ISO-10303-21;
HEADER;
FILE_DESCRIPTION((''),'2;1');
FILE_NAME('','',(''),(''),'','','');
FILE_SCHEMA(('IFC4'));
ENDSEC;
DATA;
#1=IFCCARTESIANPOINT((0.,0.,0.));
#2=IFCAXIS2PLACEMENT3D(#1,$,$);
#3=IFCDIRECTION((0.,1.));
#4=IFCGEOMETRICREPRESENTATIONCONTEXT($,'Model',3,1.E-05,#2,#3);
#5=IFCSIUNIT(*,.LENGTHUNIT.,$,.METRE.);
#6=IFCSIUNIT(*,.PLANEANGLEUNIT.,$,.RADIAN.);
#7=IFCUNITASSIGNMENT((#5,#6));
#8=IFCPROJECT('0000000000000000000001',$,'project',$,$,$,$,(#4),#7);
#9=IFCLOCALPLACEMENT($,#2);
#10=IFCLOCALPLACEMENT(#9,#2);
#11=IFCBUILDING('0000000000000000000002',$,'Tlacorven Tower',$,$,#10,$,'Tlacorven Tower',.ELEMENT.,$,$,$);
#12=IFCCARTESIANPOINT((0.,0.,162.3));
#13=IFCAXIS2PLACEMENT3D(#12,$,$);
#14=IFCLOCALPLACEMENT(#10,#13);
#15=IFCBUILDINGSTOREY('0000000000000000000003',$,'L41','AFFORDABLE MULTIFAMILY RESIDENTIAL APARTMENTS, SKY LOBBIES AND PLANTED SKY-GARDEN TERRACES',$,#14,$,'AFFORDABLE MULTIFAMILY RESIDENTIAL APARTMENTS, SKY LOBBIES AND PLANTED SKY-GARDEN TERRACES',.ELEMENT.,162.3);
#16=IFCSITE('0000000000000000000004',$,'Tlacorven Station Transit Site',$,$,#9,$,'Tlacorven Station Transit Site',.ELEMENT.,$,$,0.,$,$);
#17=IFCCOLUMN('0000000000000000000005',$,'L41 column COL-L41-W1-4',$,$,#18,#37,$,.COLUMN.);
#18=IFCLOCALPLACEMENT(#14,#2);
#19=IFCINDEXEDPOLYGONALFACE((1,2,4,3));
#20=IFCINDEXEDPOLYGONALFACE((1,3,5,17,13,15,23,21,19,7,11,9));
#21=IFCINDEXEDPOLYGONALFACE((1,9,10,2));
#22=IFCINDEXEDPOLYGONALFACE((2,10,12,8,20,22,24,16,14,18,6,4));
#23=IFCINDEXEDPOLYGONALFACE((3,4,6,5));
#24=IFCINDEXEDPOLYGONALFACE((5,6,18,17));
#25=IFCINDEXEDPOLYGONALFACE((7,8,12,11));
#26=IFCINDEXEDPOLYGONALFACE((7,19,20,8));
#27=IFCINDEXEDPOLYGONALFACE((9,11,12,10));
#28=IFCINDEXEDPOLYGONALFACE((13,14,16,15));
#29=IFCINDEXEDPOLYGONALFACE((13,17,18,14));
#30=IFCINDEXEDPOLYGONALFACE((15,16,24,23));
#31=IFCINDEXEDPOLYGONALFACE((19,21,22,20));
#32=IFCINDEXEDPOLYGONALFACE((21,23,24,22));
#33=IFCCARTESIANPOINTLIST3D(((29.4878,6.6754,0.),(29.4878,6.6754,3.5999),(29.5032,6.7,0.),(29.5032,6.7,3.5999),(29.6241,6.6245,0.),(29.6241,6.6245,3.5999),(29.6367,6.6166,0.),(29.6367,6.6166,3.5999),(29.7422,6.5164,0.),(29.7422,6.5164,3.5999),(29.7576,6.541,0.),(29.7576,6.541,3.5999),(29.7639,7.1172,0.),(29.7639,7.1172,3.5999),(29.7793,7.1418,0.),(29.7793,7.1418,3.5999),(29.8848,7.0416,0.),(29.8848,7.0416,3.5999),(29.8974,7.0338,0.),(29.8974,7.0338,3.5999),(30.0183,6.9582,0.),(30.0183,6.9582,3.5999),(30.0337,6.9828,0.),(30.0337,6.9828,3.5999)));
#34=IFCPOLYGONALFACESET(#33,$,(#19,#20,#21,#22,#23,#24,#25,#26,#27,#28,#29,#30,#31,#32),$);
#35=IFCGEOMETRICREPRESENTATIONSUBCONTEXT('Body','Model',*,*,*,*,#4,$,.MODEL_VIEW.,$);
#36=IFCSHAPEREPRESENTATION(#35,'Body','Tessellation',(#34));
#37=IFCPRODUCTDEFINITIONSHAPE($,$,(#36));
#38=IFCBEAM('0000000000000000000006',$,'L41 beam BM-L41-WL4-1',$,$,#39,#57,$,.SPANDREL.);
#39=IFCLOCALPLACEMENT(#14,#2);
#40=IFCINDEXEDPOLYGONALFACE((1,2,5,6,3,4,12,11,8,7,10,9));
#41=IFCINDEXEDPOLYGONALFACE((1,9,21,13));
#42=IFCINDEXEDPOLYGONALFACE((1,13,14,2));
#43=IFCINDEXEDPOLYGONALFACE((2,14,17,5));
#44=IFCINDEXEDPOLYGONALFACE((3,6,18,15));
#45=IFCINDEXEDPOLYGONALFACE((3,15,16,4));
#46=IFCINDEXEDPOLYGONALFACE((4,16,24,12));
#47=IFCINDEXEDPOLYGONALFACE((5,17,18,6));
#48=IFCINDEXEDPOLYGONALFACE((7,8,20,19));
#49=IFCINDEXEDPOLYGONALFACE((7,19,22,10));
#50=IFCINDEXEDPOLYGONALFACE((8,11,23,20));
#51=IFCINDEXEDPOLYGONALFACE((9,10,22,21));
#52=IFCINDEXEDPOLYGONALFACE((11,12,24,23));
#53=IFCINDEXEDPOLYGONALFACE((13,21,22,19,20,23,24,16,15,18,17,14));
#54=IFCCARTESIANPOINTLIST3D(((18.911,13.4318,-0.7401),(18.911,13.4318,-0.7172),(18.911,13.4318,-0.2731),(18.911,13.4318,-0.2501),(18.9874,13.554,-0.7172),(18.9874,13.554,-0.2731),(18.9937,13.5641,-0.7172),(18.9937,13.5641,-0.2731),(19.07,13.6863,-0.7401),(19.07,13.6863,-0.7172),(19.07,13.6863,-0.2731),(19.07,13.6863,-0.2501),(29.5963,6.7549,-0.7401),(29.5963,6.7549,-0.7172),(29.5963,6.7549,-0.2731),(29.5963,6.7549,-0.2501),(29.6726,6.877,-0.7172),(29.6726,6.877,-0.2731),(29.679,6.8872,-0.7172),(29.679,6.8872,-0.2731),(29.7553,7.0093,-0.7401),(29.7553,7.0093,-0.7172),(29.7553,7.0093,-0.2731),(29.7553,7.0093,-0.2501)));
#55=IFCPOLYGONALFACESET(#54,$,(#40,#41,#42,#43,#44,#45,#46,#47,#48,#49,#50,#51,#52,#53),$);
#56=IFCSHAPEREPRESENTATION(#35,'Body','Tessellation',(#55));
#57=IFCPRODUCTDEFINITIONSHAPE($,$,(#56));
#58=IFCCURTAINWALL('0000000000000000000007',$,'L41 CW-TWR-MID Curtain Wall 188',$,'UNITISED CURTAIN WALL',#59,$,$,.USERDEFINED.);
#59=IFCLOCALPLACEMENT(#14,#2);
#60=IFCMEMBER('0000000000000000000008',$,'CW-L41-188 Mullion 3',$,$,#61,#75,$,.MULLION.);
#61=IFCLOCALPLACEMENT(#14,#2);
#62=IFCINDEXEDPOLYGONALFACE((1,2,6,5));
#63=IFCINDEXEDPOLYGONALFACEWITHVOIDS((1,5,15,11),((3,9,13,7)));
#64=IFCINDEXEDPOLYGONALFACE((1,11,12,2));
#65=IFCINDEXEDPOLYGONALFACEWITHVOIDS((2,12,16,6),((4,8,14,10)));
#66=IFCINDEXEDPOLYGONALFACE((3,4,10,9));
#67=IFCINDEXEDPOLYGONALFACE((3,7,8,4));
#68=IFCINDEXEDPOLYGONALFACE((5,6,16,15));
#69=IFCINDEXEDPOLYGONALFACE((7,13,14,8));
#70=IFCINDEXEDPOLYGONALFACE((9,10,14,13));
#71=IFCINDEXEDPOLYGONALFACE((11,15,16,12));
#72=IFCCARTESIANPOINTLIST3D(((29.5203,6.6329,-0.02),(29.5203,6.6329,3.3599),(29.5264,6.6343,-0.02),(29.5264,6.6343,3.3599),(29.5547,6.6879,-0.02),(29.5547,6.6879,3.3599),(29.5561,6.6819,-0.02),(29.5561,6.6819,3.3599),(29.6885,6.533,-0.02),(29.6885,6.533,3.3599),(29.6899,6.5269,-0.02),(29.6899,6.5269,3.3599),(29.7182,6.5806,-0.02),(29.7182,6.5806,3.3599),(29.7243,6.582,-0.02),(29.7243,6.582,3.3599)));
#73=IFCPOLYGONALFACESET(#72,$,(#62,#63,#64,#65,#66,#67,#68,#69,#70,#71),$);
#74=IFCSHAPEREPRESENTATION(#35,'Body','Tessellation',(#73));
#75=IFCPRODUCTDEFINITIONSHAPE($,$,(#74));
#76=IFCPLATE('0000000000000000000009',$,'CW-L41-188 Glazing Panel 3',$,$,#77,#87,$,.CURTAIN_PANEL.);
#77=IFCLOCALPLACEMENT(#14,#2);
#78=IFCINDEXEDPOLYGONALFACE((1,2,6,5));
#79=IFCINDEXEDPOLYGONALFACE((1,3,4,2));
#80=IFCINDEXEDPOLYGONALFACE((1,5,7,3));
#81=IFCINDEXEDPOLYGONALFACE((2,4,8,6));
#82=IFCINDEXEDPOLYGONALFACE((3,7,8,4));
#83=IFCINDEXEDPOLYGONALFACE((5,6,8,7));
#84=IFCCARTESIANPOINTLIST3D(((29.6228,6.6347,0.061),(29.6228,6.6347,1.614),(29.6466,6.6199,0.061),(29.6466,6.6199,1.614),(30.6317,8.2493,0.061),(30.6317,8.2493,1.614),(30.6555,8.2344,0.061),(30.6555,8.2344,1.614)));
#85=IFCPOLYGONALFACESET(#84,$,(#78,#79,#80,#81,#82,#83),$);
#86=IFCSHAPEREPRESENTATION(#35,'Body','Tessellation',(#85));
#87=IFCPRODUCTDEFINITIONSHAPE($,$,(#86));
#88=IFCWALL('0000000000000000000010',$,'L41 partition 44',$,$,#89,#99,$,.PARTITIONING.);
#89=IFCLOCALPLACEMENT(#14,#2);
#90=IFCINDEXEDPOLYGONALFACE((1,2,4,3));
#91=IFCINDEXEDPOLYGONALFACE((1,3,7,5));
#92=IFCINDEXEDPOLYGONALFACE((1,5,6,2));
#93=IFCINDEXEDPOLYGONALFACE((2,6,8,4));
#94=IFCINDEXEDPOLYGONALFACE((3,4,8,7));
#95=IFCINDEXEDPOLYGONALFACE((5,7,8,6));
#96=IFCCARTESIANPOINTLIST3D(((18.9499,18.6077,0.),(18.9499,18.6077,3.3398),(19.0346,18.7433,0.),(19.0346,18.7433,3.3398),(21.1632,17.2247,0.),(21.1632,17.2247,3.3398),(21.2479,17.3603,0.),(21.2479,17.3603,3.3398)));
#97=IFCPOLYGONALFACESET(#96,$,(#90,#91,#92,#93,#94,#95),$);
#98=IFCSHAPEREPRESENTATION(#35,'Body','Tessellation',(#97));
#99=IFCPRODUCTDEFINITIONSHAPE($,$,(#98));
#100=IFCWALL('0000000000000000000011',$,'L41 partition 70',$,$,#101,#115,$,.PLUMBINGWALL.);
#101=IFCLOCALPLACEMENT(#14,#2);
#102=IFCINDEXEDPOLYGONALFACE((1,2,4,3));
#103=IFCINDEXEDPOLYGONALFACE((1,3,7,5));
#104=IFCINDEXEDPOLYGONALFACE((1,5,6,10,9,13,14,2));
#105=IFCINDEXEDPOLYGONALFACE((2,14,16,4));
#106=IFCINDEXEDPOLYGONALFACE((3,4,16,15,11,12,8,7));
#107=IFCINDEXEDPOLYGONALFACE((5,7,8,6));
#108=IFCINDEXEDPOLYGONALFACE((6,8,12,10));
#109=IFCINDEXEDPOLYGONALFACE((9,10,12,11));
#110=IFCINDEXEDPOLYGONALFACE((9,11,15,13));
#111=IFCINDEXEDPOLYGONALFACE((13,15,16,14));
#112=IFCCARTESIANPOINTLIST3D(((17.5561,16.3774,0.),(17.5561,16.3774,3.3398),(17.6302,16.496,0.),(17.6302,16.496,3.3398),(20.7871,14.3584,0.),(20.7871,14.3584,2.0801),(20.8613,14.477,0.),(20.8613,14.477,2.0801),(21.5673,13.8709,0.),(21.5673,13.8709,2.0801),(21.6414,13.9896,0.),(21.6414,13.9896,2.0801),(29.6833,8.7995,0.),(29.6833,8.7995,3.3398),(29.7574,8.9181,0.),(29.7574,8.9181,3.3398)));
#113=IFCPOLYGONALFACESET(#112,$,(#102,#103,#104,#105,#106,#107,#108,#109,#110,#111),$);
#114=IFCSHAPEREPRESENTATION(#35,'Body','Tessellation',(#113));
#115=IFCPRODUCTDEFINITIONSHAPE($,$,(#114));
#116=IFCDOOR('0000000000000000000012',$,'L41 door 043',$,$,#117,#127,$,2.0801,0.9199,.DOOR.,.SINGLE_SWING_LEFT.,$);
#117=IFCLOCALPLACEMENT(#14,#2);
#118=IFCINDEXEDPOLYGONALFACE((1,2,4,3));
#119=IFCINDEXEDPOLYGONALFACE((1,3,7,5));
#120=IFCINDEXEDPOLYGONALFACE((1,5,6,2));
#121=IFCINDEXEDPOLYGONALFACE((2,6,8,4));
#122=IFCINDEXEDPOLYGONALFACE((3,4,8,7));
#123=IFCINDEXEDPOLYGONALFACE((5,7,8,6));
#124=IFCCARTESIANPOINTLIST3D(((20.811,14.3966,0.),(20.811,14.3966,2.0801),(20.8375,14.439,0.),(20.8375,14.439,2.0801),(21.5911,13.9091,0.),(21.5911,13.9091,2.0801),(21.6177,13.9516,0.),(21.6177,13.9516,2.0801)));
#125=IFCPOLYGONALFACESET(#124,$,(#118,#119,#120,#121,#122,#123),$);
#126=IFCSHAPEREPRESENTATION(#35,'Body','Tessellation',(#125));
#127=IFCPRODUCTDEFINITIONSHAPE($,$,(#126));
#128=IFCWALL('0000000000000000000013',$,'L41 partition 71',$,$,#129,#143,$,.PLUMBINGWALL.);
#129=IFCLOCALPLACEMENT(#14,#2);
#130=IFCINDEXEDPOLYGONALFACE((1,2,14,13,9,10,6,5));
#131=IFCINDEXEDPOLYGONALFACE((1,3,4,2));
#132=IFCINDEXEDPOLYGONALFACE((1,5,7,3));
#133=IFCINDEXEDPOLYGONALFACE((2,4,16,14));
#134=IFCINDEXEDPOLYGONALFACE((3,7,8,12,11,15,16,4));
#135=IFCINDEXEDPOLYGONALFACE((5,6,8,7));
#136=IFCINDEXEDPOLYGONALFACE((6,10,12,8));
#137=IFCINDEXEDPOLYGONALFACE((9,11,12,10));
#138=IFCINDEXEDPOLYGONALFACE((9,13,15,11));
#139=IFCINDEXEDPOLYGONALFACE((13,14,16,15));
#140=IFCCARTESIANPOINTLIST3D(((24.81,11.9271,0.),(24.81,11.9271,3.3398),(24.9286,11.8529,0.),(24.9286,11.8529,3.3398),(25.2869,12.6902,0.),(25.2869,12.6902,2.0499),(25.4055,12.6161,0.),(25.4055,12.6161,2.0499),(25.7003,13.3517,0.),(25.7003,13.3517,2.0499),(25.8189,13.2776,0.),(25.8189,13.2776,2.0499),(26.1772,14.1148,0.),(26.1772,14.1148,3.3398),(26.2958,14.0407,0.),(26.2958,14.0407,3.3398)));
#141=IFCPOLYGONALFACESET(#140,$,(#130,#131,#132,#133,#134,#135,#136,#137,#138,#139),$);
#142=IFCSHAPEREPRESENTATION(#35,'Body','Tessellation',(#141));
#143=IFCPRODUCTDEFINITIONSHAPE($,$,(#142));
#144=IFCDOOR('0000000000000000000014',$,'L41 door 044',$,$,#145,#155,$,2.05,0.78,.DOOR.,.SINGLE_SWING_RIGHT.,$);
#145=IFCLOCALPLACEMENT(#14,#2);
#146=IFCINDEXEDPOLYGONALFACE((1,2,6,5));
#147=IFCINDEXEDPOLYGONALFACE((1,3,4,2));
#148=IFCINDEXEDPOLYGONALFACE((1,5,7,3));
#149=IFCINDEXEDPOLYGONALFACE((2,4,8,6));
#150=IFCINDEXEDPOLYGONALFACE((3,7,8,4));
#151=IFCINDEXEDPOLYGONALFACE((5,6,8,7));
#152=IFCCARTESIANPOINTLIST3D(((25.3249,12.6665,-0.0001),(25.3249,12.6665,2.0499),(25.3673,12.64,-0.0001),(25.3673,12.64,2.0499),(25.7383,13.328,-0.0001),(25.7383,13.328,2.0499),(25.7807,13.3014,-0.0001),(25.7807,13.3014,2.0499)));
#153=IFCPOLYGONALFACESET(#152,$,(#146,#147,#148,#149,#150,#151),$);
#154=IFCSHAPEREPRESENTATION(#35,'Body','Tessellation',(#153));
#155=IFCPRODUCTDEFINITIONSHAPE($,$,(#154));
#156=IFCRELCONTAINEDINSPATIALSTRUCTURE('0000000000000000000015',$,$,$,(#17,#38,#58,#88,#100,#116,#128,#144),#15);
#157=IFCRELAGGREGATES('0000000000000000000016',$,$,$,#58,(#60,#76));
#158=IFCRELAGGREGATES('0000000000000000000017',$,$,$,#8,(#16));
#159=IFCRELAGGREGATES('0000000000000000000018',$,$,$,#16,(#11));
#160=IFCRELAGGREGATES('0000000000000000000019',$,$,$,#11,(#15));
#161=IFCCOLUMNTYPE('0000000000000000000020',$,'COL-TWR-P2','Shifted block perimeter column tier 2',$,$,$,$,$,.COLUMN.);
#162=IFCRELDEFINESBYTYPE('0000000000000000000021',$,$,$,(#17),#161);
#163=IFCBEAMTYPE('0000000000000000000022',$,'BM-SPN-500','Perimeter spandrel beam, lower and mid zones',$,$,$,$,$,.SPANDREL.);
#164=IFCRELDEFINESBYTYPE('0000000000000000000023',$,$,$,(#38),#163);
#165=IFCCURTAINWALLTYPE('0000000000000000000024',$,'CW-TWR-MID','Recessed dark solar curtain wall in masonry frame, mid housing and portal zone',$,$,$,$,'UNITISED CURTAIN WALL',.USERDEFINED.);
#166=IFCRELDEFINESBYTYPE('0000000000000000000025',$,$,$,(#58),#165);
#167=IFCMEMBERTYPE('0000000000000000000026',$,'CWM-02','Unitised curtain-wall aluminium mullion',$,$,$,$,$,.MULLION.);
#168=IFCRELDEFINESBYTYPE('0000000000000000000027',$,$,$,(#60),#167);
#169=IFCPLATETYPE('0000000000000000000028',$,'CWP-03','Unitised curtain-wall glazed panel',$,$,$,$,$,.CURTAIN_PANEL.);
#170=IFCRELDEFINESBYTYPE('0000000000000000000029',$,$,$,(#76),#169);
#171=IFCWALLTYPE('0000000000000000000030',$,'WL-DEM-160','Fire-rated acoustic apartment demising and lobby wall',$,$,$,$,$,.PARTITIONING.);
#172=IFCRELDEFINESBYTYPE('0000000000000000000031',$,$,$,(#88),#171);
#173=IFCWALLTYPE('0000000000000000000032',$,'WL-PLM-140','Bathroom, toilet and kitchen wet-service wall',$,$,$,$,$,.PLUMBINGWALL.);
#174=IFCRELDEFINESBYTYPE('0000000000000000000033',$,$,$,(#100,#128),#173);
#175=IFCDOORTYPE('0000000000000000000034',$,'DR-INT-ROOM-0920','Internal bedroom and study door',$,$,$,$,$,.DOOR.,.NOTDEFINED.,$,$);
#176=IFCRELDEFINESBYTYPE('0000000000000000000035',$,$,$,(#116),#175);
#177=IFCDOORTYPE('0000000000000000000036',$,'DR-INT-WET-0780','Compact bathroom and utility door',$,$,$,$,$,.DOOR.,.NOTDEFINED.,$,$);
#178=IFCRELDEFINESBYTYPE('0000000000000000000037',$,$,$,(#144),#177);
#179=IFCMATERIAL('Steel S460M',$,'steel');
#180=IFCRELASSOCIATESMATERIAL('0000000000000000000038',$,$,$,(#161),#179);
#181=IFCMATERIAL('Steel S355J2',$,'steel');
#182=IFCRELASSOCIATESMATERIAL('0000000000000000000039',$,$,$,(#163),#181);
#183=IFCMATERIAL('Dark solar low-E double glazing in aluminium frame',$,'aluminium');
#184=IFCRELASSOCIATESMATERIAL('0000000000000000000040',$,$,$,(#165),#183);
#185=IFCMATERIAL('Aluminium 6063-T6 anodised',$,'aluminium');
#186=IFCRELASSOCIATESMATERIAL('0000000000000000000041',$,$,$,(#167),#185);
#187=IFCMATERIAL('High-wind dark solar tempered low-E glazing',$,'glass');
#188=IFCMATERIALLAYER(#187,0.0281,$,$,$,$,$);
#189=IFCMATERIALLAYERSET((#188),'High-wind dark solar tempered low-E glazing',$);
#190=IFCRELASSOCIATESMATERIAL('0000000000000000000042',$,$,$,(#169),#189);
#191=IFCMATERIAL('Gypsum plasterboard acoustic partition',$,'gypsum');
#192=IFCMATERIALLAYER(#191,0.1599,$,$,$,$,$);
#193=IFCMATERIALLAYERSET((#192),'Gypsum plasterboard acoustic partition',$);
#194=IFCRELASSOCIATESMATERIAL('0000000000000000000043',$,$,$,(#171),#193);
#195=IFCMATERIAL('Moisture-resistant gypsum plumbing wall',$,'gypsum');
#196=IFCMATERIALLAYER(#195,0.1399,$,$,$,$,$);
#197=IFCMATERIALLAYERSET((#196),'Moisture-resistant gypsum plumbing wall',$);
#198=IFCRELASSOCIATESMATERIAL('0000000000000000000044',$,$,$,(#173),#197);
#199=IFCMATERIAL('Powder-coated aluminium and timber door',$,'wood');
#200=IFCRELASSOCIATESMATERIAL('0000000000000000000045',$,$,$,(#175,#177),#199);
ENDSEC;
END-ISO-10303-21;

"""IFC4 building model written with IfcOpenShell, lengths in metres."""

from ifc_helpers import new_model, si_unit, direction, frame, frame_2d, origin, origin_2d, place, context, subcontext, project, spatial, rectangle, hollow_rectangle, i_section, extrude, source, transform, mapped, material, layer, layer_set, material_profile, profile_set, type_object, element, fill, aggregate, save


model = new_model("IFC4")

# Units and contexts
model_context = context("Model", 3, precision=1e-05, world=origin(), true_north=direction((0.0, 1.0)))
body_context = subcontext(model_context, "Body", "Model", "MODEL_VIEW")
ifc_project = project(units=[si_unit("LENGTHUNIT", "METRE"), si_unit("PLANEANGLEUNIT", "RADIAN")], contexts=[model_context])

# Site, building, storey
site_placement = place(None, origin())
site = spatial("IfcSite", under=ifc_project, at=site_placement, Name="Tlacorven Station Transit Site", LongName="Tlacorven Station Transit Site", CompositionType="ELEMENT", RefElevation=0.0)
building_placement = place(site_placement, origin())
building = spatial("IfcBuilding", under=site, at=building_placement, Name="Tlacorven Tower", LongName="Tlacorven Tower", CompositionType="ELEMENT")
storey_placement = place(building_placement, frame((0.0, 0.0, 162.3)))
storey = spatial("IfcBuildingStorey", under=building, at=storey_placement, Name="L41", Description="AFFORDABLE MULTIFAMILY RESIDENTIAL APARTMENTS, SKY LOBBIES AND PLANTED SKY-GARDEN TERRACES", LongName="AFFORDABLE MULTIFAMILY RESIDENTIAL APARTMENTS, SKY LOBBIES AND PLANTED SKY-GARDEN TERRACES", CompositionType="ELEMENT", Elevation=162.3)

# Column
ifc_material_1 = material(Name="Steel S460M", Category="steel")
ifc_material_profile_1 = material_profile(ifc_material_1, i_section(OverallWidth=0.3, OverallDepth=0.55, WebThickness=0.0149, FlangeThickness=0.0291, at=origin_2d()), Name="HEB 550")
ifc_profile_set_1 = profile_set([ifc_material_profile_1], Name="Steel S460M")
column_type = type_object("IfcColumnType", Name="COL-TWR-P2", Description="Shifted block perimeter column tier 2", PredefinedType="COLUMN", material=ifc_profile_set_1)
shared_shape_1 = source(origin(), body_context, "Body", "SweptSolid", [
    extrude(i_section(OverallWidth=0.3, OverallDepth=0.55, WebThickness=0.0149, FlangeThickness=0.0291, at=origin_2d()), origin(), (0.0, 0.0, 1.0), 3.5999),
])
column_placement = place(storey_placement, frame((29.7607, 6.8291, 0.0), z_axis=(0.0, 0.0, 1.0), x_axis=(-0.848048, 0.529919, 0.0)))
element("IfcColumn", 1, at=column_placement, inside=storey, type_object=column_type, Name="L41 column COL-L41-W1-4", PredefinedType="COLUMN", context=body_context, shape_type="MappedRepresentation", body=[
    mapped(shared_shape_1, transform((0.0, 0.0, 0.0), scale=1.0)),
])

# Beam
ifc_material_2 = material(Name="Steel S355J2", Category="steel")
ifc_material_profile_2 = material_profile(ifc_material_2, i_section(OverallWidth=0.3, OverallDepth=0.49, WebThickness=0.012, FlangeThickness=0.0229, at=origin_2d()), Name="HEA 500")
ifc_profile_set_2 = profile_set([ifc_material_profile_2], Name="Steel S355J2")
beam_type = type_object("IfcBeamType", Name="BM-SPN-500", Description="Perimeter spandrel beam, lower and mid zones", PredefinedType="SPANDREL", material=ifc_profile_set_2)
shared_shape_2 = source(origin(), body_context, "Body", "SweptSolid", [
    extrude(i_section(OverallWidth=0.3, OverallDepth=0.49, WebThickness=0.012, FlangeThickness=0.0229, at=origin_2d()), origin(), (0.0, 0.0, 1.0), 12.5999),
])
beam_placement = place(storey_placement, frame((29.6758, 6.8821, -0.4951), z_axis=(-0.848045, 0.529924, 0.0), x_axis=(-0.529924, -0.848045, 0.0)))
element("IfcBeam", 2, at=beam_placement, inside=storey, type_object=beam_type, Name="L41 beam BM-L41-WL4-1", PredefinedType="SPANDREL", context=body_context, shape_type="MappedRepresentation", body=[
    mapped(shared_shape_2, transform((0.0, 0.0, 0.0), scale=1.0)),
])

# Curtain wall, member, plate
ifc_material_3 = material(Name="Dark solar low-E double glazing in aluminium frame", Category="aluminium")
curtain_wall_type = type_object("IfcCurtainWallType", Name="CW-TWR-MID", Description="Recessed dark solar curtain wall in masonry frame, mid housing and portal zone", ElementType="UNITISED CURTAIN WALL", PredefinedType="USERDEFINED", material=ifc_material_3)
curtain_wall_placement = place(storey_placement, origin())
curtain_wall = element("IfcCurtainWall", 3, at=curtain_wall_placement, inside=storey, type_object=curtain_wall_type, Name="L41 CW-TWR-MID Curtain Wall 188", ObjectType="UNITISED CURTAIN WALL", PredefinedType="USERDEFINED")
ifc_material_4 = material(Name="Aluminium 6063-T6 anodised", Category="aluminium")
ifc_material_profile_3 = material_profile(ifc_material_4, hollow_rectangle(XDim=0.0649, YDim=0.2, WallThickness=0.0044, at=origin_2d()), Name="ALU MULLION 65X200")
ifc_profile_set_3 = profile_set([ifc_material_profile_3], Name="Aluminium 6063-T6 anodised")
member_type = type_object("IfcMemberType", Name="CWM-02", Description="Unitised curtain-wall aluminium mullion", PredefinedType="MULLION", material=ifc_profile_set_3)
shared_shape_3 = source(origin(), body_context, "Body", "SweptSolid", [
    extrude(hollow_rectangle(XDim=0.0649, YDim=0.2, WallThickness=0.0044, at=origin_2d()), origin(), (0.0, 0.0, 1.0), 3.3799),
])
member_placement = place(storey_placement, frame((29.6223, 6.6074, -0.02), z_axis=(0.0, 0.0, 1.0), x_axis=(-0.529919, -0.848048, 0.0)))
member = element("IfcMember", 4, at=member_placement, type_object=member_type, Name="CW-L41-188 Mullion 3", PredefinedType="MULLION", context=body_context, shape_type="MappedRepresentation", body=[
    mapped(shared_shape_3, transform((0.0, 0.0, 0.0), scale=1.0)),
])
ifc_material_5 = material(Name="High-wind dark solar tempered low-E glazing", Category="glass")
ifc_layer_1 = layer(ifc_material_5, 0.0281)
ifc_layer_set_1 = layer_set([ifc_layer_1], Name="High-wind dark solar tempered low-E glazing")
plate_type = type_object("IfcPlateType", Name="CWP-03", Description="Unitised curtain-wall glazed panel", PredefinedType="CURTAIN_PANEL", material=ifc_layer_set_1)
shared_shape_4 = source(origin(), body_context, "Body", "SweptSolid", [
    extrude(rectangle(XDim=1.9038, YDim=0.0281, at=origin_2d()), origin(), (0.0, 0.0, 1.0), 1.553),
])
plate_placement = place(storey_placement, frame((30.1392, 7.4346, 0.061), z_axis=(0.0, 0.0, 1.0), x_axis=(-0.529919, -0.848048, 0.0)))
plate = element("IfcPlate", 5, at=plate_placement, type_object=plate_type, Name="CW-L41-188 Glazing Panel 3", PredefinedType="CURTAIN_PANEL", context=body_context, shape_type="MappedRepresentation", body=[
    mapped(shared_shape_4, transform((0.0, 0.0, 0.0), scale=1.0)),
])
aggregate(curtain_wall, [member, plate])

# Wall
ifc_material_6 = material(Name="Gypsum plasterboard acoustic partition", Category="gypsum")
ifc_layer_2 = layer(ifc_material_6, 0.1599)
ifc_layer_set_2 = layer_set([ifc_layer_2], Name="Gypsum plasterboard acoustic partition")
wall_type_1 = type_object("IfcWallType", Name="WL-DEM-160", Description="Fire-rated acoustic apartment demising and lobby wall", PredefinedType="PARTITIONING", material=ifc_layer_set_2)
wall_1_placement = place(storey_placement, frame((21.2056, 17.2925, 0.0), z_axis=(0.0, 0.0, 1.0), x_axis=(-0.848051, 0.529915, 0.0)))
element("IfcWall", 6, at=wall_1_placement, inside=storey, type_object=wall_type_1, Name="L41 partition 44", PredefinedType="PARTITIONING", context=body_context, shape_type="SweptSolid", body=[
    extrude(rectangle(XDim=2.6099, YDim=0.1599, at=frame_2d((1.3049, 0.0))), origin(), (0.0, 0.0, 1.0), 3.3398),
])

# Shared definitions
ifc_material_7 = material(Name="Powder-coated aluminium and timber door", Category="wood")

# Walls, openings, doors
ifc_material_8 = material(Name="Moisture-resistant gypsum plumbing wall", Category="gypsum")
ifc_layer_3 = layer(ifc_material_8, 0.1399)
ifc_layer_set_3 = layer_set([ifc_layer_3], Name="Moisture-resistant gypsum plumbing wall")
wall_type_2 = type_object("IfcWallType", Name="WL-PLM-140", Description="Bathroom, toilet and kitchen wet-service wall", PredefinedType="PLUMBINGWALL", material=ifc_layer_set_3)
wall_2_placement = place(storey_placement, frame((29.7202, 8.8589, 0.0), z_axis=(0.0, 0.0, 1.0), x_axis=(-0.848049, 0.529918, 0.0)))
wall_2 = element("IfcWall", 7, at=wall_2_placement, inside=storey, type_object=wall_type_2, Name="L41 partition 70", PredefinedType="PLUMBINGWALL", context=body_context, shape_type="SweptSolid", body=[
    extrude(rectangle(XDim=14.3, YDim=0.1399, at=frame_2d((7.1499, 0.0))), origin(), (0.0, 0.0, 1.0), 3.3398),
])
opening_1_placement = place(wall_2_placement, frame((9.5701, 0.0, 0.0)))
opening_1 = element("IfcOpeningElement", 8, at=opening_1_placement, cuts=wall_2, PredefinedType="OPENING", context=body_context, shape_type="SweptSolid", body=[
    extrude(rectangle(XDim=0.9199, YDim=2.0801, at=frame_2d((0.46, 1.04))), frame((0.0, 0.0801, 0.0), z_axis=(0.0, -1.0, 0.0), x_axis=(1.0, 0.0, 0.0)), (0.0, 0.0, 1.0), 0.1599),
])
door_type_1 = type_object("IfcDoorType", Name="DR-INT-ROOM-0920", Description="Internal bedroom and study door", OperationType="NOTDEFINED", PredefinedType="DOOR", material=ifc_material_7)
shared_shape_5 = source(origin(), body_context, "Body", "SweptSolid", [
    extrude(rectangle(XDim=0.9199, YDim=2.0801, at=frame_2d((0.46, 1.04))), frame((0.0, 0.0249, 0.0), z_axis=(0.0, -1.0, 0.0), x_axis=(1.0, 0.0, 0.0)), (0.0, 0.0, 1.0), 0.05),
])
door_1_placement = place(opening_1_placement, origin())
door_1 = element("IfcDoor", 9, at=door_1_placement, inside=storey, type_object=door_type_1, Name="L41 door 043", OperationType="SINGLE_SWING_LEFT", OverallHeight=2.0801, OverallWidth=0.9199, PredefinedType="DOOR", context=body_context, shape_type="MappedRepresentation", body=[
    mapped(shared_shape_5, transform((0.0, 0.0, 0.0), scale=1.0)),
])
fill(opening_1, door_1)
wall_3_placement = place(storey_placement, frame((26.2366, 14.0779, 0.0), z_axis=(0.0, 0.0, 1.0), x_axis=(-0.529956, -0.848025, 0.0)))
wall_3 = element("IfcWall", 10, at=wall_3_placement, inside=storey, type_object=wall_type_2, Name="L41 partition 71", PredefinedType="PLUMBINGWALL", context=body_context, shape_type="SweptSolid", body=[
    extrude(rectangle(XDim=2.5798, YDim=0.1399, at=frame_2d((1.29, 0.0))), origin(), (0.0, 0.0, 1.0), 3.3398),
])
opening_2_placement = place(wall_3_placement, frame((0.8999, 0.0, 0.0)))
opening_2 = element("IfcOpeningElement", 11, at=opening_2_placement, cuts=wall_3, PredefinedType="OPENING", context=body_context, shape_type="SweptSolid", body=[
    extrude(rectangle(XDim=0.78, YDim=2.05, at=frame_2d((0.3901, 1.0249))), frame((0.0, 0.0801, 0.0), z_axis=(0.0, -1.0, 0.0), x_axis=(1.0, 0.0, 0.0)), (0.0, 0.0, 1.0), 0.1599),
])
door_type_2 = type_object("IfcDoorType", Name="DR-INT-WET-0780", Description="Compact bathroom and utility door", OperationType="NOTDEFINED", PredefinedType="DOOR", material=ifc_material_7)
shared_shape_6 = source(origin(), body_context, "Body", "SweptSolid", [
    extrude(rectangle(XDim=0.78, YDim=2.05, at=frame_2d((0.3901, 1.0249))), frame((0.0, 0.0249, 0.0), z_axis=(0.0, -1.0, 0.0), x_axis=(1.0, 0.0, 0.0)), (0.0, 0.0, 1.0), 0.05),
])
door_2_placement = place(opening_2_placement, origin())
door_2 = element("IfcDoor", 12, at=door_2_placement, inside=storey, type_object=door_type_2, Name="L41 door 044", OperationType="SINGLE_SWING_RIGHT", OverallHeight=2.05, OverallWidth=0.78, PredefinedType="DOOR", context=body_context, shape_type="MappedRepresentation", body=[
    mapped(shared_shape_6, transform((0.0, 0.0, 0.0), scale=1.0)),
])
fill(opening_2, door_2)

save(model, "model.ifc")
